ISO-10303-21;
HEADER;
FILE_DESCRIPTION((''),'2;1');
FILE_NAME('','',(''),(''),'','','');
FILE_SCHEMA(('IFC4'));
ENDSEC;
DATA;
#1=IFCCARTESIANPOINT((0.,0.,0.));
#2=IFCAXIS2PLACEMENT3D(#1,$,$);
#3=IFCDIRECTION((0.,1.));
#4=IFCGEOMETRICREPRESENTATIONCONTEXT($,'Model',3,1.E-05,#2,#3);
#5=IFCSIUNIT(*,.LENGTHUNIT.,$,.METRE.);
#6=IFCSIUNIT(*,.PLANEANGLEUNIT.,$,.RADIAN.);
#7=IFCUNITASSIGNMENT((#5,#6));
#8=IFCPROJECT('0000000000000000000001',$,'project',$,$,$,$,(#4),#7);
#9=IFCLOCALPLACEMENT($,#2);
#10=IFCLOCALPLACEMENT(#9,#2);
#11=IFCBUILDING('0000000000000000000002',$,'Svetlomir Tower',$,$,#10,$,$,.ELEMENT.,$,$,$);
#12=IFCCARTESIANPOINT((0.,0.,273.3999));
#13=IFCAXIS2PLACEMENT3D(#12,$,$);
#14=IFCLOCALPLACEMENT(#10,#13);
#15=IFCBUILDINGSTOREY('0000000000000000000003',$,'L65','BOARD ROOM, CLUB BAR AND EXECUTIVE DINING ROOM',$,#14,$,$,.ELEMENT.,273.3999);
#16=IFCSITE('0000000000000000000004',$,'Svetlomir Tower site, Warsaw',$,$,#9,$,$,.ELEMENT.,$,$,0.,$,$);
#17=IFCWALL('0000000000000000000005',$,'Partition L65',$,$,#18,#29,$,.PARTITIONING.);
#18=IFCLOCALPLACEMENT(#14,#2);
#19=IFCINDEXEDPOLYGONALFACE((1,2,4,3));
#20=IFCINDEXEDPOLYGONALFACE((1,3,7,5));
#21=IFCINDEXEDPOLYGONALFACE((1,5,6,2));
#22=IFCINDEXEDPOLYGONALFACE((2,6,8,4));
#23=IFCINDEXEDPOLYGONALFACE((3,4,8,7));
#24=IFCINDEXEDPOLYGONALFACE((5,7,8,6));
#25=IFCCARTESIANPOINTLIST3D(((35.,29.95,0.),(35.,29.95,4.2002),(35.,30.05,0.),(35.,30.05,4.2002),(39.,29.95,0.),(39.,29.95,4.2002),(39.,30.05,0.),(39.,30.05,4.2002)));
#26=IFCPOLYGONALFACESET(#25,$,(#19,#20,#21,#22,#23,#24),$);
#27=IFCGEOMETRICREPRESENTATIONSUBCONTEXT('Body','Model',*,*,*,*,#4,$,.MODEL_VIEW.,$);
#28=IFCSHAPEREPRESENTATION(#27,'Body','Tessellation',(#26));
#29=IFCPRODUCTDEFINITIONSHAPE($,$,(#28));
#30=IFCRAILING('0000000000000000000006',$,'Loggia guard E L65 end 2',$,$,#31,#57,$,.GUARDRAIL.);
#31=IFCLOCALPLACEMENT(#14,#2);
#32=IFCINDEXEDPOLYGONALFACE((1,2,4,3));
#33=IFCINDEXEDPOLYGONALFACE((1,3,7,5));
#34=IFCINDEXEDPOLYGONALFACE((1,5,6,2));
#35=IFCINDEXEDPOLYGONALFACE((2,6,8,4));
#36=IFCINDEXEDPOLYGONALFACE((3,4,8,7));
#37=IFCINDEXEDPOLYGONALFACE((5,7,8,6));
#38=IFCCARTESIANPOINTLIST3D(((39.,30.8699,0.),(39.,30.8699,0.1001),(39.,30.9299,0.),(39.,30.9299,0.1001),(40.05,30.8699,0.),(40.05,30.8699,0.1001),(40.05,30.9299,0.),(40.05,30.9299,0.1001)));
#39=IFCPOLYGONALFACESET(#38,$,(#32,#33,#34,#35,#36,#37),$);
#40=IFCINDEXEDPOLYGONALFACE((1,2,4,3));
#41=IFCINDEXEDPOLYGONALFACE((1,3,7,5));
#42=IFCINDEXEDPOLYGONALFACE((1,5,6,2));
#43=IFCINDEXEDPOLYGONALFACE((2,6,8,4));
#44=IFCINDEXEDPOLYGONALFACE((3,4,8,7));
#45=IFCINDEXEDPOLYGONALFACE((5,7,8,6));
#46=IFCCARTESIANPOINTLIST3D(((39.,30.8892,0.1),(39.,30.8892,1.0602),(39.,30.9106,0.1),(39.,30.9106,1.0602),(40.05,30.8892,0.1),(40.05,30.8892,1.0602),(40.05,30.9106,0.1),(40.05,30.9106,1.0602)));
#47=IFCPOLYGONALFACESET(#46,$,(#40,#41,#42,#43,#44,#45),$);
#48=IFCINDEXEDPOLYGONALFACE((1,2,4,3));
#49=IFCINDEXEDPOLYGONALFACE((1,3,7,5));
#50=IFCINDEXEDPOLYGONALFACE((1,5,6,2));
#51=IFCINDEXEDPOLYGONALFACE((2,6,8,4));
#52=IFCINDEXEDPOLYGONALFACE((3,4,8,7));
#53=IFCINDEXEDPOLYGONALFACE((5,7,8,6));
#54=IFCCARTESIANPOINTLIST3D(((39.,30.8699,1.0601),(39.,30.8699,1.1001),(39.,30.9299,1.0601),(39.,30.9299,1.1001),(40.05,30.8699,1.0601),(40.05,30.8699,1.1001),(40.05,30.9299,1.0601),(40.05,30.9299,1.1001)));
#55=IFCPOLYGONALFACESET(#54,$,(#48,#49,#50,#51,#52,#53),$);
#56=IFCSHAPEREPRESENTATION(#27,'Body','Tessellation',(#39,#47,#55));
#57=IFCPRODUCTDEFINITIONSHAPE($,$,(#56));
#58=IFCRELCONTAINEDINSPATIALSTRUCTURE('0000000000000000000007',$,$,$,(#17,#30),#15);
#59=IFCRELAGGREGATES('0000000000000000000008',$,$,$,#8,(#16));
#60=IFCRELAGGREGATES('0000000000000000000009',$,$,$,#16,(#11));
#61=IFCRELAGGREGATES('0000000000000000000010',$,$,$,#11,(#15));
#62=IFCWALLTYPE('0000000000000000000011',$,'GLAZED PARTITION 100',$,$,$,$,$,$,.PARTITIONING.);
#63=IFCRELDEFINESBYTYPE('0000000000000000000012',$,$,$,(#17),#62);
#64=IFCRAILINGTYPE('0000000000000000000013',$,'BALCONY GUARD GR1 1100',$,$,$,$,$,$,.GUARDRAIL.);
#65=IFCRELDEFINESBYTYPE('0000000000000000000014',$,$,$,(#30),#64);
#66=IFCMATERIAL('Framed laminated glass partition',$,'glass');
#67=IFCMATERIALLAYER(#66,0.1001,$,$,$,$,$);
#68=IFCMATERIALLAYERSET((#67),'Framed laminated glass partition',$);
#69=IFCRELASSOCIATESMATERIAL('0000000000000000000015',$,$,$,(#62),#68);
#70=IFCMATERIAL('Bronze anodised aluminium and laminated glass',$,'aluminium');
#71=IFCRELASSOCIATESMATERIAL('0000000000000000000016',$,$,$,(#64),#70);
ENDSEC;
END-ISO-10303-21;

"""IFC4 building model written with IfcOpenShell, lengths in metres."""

from ifc_helpers import new_model, si_unit, direction, frame, frame_2d, origin, origin_2d, place, context, subcontext, project, spatial, rectangle, extrude, material, layer, layer_set, type_object, element, save


model = new_model("IFC4")

# Units and contexts
model_context = context("Model", 3, precision=1e-05, world=origin(), true_north=direction((0.0, 1.0)))
body_context = subcontext(model_context, "Body", "Model", "MODEL_VIEW")
ifc_project = project(units=[si_unit("LENGTHUNIT", "METRE"), si_unit("PLANEANGLEUNIT", "RADIAN")], contexts=[model_context])

# Site, building, storey
site_placement = place(None, origin())
site = spatial("IfcSite", under=ifc_project, at=site_placement, Name="Svetlomir Tower site, Warsaw", CompositionType="ELEMENT", RefElevation=0.0)
building_placement = place(site_placement, origin())
building = spatial("IfcBuilding", under=site, at=building_placement, Name="Svetlomir Tower", CompositionType="ELEMENT")
storey_placement = place(building_placement, frame((0.0, 0.0, 273.3999)))
storey = spatial("IfcBuildingStorey", under=building, at=storey_placement, Name="L65", Description="BOARD ROOM, CLUB BAR AND EXECUTIVE DINING ROOM", CompositionType="ELEMENT", Elevation=273.3999)

# Wall
ifc_material_1 = material(Name="Framed laminated glass partition", Category="glass")
ifc_layer_1 = layer(ifc_material_1, 0.1001)
ifc_layer_set_1 = layer_set([ifc_layer_1], Name="Framed laminated glass partition")
wall_type = type_object("IfcWallType", Name="GLAZED PARTITION 100", PredefinedType="PARTITIONING", material=ifc_layer_set_1)
wall_placement = place(storey_placement, frame((35.0, 30.0, 0.0), z_axis=(0.0, 0.0, 1.0), x_axis=(1.0, 0.0, 0.0)))
element("IfcWall", 1, at=wall_placement, inside=storey, type_object=wall_type, Name="Partition L65", PredefinedType="PARTITIONING", context=body_context, shape_type="SweptSolid", body=[
    extrude(rectangle(XDim=4.0, YDim=0.1001, at=frame_2d((2.0, 0.0))), origin(), (0.0, 0.0, 1.0), 4.2002),
])

# Railing
ifc_material_2 = material(Name="Bronze anodised aluminium and laminated glass", Category="aluminium")
railing_type = type_object("IfcRailingType", Name="BALCONY GUARD GR1 1100", PredefinedType="GUARDRAIL", material=ifc_material_2)
railing_placement = place(storey_placement, frame((40.05, 30.8999, 0.0)))
element("IfcRailing", 2, at=railing_placement, inside=storey, type_object=railing_type, Name="Loggia guard E L65 end 2", PredefinedType="GUARDRAIL", context=body_context, shape_type="SweptSolid", body=[
    extrude(rectangle(XDim=0.0601, YDim=0.1001, at=origin_2d()), frame((0.0, 0.0, 0.05), z_axis=(-1.0, 0.0, 0.0), x_axis=(0.0, -1.0, 0.0)), (0.0, 0.0, 1.0), 1.05),
    extrude(rectangle(XDim=0.0215, YDim=0.9602, at=origin_2d()), frame((0.0, 0.0, 0.5801), z_axis=(-1.0, 0.0, 0.0), x_axis=(0.0, -1.0, 0.0)), (0.0, 0.0, 1.0), 1.05),
    extrude(rectangle(XDim=0.0601, YDim=0.04, at=origin_2d()), frame((0.0, 0.0, 1.0801), z_axis=(-1.0, 0.0, 0.0), x_axis=(0.0, -1.0, 0.0)), (0.0, 0.0, 1.0), 1.05),
])

save(model, "model.ifc")
